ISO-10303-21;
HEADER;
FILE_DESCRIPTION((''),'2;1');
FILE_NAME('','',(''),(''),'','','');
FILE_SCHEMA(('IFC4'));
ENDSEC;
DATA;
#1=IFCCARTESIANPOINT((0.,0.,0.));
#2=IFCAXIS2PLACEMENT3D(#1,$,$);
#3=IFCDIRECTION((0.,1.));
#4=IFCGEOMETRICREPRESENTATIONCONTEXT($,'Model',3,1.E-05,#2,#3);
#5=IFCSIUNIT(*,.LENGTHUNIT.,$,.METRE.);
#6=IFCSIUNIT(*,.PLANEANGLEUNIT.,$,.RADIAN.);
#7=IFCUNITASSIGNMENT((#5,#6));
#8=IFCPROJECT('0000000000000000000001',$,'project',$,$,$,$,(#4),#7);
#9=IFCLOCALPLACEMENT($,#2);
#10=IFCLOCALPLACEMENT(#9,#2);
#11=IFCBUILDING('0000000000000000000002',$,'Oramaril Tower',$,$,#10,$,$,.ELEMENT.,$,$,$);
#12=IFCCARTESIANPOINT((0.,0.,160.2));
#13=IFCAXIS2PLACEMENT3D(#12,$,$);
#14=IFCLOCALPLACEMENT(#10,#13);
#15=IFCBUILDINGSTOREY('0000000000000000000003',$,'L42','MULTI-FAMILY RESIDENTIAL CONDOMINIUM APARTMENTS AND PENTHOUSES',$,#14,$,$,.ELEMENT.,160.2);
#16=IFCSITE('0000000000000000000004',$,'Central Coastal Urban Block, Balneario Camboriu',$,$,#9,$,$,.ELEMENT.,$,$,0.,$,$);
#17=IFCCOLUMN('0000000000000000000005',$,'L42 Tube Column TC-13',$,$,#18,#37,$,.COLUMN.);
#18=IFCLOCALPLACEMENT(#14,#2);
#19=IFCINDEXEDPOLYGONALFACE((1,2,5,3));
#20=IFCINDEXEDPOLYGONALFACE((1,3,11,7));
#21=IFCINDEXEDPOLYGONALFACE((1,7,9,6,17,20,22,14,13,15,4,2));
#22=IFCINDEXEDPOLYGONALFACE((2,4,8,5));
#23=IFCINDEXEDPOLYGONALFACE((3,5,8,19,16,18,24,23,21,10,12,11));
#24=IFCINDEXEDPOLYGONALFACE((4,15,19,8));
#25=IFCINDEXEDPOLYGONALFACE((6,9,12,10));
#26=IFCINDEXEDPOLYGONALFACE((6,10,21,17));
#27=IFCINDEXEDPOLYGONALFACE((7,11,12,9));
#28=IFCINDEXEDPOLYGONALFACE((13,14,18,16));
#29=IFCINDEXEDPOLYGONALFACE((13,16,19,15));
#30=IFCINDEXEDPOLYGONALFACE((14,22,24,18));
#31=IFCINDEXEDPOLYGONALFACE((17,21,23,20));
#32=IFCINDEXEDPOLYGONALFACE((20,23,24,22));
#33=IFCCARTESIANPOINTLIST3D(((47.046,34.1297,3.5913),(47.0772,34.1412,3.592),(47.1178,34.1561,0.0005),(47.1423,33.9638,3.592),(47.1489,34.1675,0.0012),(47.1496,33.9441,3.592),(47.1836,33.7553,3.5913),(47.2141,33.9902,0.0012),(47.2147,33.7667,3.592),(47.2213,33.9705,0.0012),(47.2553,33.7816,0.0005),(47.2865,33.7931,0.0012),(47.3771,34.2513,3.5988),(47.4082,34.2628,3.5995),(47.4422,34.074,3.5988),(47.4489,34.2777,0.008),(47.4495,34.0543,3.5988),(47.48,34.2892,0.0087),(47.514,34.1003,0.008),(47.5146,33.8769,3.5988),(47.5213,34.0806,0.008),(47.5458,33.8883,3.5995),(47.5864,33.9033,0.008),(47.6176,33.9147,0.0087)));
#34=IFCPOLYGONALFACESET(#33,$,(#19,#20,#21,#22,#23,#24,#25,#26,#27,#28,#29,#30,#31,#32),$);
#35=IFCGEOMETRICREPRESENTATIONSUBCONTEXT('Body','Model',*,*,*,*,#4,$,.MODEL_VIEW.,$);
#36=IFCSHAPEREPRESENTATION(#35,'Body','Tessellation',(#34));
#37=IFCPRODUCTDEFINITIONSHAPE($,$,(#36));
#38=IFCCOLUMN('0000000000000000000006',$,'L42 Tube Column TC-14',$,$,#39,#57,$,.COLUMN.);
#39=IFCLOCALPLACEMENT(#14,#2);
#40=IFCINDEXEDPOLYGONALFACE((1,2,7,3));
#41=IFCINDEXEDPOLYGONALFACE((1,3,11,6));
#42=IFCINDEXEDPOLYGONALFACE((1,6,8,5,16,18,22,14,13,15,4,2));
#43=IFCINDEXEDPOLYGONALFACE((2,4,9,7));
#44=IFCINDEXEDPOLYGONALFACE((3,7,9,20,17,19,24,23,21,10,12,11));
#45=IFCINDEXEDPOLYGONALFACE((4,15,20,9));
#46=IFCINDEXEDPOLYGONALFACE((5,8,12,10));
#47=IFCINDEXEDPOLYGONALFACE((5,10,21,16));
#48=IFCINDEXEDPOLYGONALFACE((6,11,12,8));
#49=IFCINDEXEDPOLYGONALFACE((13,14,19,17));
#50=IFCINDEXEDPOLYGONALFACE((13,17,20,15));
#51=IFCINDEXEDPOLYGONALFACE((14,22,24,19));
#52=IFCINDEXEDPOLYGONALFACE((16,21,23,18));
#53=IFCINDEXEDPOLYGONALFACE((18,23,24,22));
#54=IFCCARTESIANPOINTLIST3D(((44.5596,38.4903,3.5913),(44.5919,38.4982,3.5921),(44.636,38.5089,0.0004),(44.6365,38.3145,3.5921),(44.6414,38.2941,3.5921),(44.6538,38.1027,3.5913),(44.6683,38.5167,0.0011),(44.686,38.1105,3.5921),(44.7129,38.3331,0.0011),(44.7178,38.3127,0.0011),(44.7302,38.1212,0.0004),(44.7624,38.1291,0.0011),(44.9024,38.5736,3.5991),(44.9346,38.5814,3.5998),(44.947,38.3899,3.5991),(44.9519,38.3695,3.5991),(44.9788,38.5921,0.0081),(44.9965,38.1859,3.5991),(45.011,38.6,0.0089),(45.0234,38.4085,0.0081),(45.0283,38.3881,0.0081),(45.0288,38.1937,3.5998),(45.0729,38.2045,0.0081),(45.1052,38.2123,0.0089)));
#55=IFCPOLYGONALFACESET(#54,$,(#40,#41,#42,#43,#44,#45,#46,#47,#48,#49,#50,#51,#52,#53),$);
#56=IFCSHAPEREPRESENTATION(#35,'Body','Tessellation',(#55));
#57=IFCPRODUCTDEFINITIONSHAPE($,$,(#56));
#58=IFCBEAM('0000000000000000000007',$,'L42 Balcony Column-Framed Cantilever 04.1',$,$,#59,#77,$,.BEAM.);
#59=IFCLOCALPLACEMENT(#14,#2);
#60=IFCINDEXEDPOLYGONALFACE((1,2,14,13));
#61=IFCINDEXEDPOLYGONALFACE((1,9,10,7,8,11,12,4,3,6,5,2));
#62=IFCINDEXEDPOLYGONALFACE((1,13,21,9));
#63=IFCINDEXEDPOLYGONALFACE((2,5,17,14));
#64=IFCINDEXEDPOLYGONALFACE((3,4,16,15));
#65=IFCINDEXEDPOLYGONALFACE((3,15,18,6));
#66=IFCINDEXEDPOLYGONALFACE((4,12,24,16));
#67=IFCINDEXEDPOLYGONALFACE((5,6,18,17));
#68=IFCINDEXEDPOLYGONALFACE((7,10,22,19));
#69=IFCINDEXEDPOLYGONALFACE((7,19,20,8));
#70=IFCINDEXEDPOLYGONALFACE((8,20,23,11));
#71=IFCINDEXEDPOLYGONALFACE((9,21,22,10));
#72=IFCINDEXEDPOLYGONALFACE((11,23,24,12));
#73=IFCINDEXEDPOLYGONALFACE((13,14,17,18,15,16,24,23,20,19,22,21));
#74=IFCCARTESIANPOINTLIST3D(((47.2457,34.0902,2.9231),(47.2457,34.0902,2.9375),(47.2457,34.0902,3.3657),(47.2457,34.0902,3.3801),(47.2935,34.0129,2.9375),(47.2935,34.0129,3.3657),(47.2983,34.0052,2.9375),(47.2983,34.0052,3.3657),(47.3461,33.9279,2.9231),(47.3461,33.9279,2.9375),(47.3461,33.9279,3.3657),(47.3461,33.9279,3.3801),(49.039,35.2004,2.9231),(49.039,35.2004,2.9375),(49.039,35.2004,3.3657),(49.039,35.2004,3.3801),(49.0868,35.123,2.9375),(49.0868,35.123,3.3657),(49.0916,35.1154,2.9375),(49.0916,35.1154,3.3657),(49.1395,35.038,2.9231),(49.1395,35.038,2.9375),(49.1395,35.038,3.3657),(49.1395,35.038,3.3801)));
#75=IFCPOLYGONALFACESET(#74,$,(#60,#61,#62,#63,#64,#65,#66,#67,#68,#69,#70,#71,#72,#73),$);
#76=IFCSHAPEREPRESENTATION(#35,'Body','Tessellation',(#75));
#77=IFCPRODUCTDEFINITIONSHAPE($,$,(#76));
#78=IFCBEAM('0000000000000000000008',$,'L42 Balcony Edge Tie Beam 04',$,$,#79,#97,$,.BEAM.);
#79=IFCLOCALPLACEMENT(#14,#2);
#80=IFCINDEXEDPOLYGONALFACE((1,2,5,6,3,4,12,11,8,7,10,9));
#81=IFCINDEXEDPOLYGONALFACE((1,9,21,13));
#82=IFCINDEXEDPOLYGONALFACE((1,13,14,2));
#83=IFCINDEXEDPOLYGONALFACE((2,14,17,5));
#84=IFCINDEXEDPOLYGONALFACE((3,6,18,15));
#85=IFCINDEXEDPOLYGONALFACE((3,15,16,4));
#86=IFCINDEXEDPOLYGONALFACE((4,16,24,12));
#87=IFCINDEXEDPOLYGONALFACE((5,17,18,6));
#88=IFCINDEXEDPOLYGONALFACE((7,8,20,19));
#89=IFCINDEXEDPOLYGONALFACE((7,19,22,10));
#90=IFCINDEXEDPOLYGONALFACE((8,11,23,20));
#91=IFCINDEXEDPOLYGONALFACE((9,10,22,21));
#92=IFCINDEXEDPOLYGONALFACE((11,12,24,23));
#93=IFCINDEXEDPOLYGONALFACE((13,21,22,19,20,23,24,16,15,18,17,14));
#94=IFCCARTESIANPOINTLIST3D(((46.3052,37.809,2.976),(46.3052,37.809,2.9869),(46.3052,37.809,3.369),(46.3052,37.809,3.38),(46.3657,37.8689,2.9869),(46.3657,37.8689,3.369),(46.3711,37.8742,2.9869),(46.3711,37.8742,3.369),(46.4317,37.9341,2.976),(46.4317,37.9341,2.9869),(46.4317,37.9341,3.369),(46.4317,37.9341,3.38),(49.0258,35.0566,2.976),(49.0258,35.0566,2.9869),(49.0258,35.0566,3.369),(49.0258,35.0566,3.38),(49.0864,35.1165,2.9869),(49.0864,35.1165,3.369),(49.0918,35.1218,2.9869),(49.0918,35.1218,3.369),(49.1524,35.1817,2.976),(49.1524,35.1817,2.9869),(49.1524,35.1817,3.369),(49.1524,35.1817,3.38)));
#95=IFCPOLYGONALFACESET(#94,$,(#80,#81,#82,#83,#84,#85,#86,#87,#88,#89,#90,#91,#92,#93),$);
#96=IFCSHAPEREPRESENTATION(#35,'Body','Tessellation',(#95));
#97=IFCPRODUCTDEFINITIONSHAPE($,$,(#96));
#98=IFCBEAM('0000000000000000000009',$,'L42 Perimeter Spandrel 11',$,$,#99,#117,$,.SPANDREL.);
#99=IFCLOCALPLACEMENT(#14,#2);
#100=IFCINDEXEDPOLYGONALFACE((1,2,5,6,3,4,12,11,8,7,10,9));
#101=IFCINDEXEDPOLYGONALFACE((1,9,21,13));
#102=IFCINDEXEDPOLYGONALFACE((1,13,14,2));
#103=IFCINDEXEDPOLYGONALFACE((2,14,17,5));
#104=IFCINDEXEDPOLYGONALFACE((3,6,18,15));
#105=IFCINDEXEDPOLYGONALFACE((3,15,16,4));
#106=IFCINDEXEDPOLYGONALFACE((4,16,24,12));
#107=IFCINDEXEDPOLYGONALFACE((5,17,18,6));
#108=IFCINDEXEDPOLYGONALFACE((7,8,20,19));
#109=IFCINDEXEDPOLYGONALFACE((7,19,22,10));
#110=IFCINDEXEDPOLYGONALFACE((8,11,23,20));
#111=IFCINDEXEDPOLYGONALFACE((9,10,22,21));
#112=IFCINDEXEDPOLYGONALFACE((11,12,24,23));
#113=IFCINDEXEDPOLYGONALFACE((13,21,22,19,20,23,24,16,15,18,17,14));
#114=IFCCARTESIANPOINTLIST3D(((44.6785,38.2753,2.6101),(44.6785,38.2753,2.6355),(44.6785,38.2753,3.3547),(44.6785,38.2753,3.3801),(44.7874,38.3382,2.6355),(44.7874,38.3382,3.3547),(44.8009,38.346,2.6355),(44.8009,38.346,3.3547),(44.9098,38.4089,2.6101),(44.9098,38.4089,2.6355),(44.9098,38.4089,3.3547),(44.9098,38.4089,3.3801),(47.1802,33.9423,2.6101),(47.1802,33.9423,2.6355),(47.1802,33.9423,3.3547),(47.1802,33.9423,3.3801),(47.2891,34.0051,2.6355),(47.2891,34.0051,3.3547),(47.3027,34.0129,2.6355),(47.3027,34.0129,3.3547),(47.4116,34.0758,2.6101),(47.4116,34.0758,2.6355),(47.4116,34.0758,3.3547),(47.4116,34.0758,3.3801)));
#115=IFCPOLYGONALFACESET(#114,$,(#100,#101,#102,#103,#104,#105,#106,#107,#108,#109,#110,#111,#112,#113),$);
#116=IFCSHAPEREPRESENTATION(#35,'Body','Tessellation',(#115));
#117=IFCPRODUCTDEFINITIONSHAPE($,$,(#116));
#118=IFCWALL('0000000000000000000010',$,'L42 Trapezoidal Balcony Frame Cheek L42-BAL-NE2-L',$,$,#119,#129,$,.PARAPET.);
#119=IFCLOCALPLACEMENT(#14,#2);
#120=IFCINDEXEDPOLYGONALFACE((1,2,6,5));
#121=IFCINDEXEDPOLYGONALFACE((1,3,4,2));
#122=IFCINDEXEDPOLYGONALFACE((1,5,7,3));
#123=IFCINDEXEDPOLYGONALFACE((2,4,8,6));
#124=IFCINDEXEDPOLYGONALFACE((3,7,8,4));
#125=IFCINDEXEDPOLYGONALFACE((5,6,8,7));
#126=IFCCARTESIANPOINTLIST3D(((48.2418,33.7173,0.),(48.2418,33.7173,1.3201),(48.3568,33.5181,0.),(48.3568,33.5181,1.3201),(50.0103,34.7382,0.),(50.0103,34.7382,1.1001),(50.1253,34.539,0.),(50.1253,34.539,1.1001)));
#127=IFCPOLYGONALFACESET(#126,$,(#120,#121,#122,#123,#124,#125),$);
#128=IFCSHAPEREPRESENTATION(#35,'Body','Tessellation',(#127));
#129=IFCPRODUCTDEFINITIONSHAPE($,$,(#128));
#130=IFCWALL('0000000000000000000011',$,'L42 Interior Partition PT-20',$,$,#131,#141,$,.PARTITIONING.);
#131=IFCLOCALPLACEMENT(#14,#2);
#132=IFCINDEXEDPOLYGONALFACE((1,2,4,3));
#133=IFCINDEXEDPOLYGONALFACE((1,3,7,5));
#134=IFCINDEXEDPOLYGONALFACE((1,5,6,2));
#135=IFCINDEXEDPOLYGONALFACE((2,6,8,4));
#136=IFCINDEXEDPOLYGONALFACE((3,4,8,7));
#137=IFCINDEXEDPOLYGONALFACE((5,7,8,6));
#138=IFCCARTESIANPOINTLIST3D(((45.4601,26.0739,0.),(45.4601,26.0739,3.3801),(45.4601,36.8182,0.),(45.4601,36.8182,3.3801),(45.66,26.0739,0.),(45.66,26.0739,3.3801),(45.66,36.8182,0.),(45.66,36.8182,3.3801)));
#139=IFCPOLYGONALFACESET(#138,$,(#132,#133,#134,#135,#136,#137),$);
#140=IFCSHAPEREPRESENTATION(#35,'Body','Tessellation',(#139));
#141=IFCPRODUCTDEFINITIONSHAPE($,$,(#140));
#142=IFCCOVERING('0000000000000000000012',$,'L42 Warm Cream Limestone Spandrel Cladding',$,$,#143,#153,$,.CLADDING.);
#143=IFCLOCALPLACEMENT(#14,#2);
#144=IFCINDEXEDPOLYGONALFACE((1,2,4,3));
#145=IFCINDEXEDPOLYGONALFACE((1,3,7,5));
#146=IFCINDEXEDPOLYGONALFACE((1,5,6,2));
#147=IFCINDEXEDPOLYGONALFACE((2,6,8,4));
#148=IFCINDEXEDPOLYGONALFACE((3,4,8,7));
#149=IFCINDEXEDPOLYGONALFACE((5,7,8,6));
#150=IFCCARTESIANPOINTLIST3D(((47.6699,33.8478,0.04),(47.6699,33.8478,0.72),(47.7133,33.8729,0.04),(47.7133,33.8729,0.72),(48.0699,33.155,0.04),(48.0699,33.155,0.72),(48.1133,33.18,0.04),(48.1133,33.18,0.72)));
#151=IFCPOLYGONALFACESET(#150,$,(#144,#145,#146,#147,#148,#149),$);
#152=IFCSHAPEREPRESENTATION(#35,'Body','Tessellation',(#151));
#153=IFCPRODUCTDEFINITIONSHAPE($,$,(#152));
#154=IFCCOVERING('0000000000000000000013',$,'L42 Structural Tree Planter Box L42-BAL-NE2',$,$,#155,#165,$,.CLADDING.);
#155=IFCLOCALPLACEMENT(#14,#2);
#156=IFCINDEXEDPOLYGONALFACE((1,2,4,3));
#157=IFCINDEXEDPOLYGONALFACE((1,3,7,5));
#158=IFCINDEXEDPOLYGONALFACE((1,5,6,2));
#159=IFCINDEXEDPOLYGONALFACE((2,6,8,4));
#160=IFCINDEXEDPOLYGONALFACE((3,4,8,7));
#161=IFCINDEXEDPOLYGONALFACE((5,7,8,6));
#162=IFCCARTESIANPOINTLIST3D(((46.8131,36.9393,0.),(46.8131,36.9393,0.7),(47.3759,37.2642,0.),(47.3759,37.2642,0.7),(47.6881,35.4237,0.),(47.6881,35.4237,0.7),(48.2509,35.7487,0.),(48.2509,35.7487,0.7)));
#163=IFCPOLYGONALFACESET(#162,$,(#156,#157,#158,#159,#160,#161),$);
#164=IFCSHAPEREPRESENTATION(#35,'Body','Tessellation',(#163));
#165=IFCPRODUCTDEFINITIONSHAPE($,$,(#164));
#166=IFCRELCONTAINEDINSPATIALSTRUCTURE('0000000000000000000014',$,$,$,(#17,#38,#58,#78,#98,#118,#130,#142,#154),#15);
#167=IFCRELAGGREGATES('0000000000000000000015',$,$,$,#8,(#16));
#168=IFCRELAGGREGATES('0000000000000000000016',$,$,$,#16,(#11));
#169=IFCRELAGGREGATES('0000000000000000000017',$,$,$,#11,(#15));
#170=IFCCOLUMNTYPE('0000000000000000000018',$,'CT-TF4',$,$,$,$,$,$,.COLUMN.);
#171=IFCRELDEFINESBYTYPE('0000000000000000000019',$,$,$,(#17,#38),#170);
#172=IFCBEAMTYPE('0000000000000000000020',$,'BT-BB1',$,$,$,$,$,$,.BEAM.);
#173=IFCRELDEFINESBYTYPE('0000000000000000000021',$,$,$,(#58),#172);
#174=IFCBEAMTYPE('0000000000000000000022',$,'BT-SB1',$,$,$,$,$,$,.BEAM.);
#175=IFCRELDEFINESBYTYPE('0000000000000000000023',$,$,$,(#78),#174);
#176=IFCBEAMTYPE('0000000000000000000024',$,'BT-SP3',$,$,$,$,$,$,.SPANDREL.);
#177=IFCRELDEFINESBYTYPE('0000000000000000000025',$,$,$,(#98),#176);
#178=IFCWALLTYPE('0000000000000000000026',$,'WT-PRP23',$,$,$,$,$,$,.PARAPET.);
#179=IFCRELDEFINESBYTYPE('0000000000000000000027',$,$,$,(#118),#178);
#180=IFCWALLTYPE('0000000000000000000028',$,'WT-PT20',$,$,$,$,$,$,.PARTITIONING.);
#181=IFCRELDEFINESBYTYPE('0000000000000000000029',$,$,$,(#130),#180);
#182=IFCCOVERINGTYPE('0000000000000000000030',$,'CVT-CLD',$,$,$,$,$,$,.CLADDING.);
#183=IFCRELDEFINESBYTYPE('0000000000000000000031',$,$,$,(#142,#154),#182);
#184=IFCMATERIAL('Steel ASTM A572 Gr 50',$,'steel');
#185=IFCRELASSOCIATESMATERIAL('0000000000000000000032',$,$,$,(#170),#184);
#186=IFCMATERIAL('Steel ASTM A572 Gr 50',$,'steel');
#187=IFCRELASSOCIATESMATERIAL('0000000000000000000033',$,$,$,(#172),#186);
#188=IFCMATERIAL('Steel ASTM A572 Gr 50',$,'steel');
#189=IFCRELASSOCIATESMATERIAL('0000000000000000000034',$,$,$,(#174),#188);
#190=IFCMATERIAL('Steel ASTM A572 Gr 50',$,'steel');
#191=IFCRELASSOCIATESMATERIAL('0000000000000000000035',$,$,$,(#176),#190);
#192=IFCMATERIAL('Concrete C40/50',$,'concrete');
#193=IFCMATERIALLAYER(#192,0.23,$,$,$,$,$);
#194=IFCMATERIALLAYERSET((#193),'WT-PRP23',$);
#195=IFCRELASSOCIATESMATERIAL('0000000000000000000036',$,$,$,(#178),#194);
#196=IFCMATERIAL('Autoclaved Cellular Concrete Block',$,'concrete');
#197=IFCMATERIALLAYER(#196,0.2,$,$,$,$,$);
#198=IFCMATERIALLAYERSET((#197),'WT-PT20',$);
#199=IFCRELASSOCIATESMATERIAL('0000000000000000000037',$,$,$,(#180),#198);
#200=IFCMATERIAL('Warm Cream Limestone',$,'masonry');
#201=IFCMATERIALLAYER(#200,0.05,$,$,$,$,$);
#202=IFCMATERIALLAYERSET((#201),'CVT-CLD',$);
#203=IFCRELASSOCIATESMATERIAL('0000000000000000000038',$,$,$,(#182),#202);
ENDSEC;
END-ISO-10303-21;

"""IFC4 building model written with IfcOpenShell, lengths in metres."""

from ifc_helpers import new_model, si_unit, direction, frame, frame_2d, origin, origin_2d, place, context, subcontext, project, spatial, polyline, rectangle, i_section, outline, extrude, material, layer, layer_set, material_profile, profile_set, type_object, element, save


model = new_model("IFC4")

# Units and contexts
model_context = context("Model", 3, precision=1e-05, world=origin(), true_north=direction((0.0, 1.0)))
body_context = subcontext(model_context, "Body", "Model", "MODEL_VIEW")
ifc_project = project(units=[si_unit("LENGTHUNIT", "METRE"), si_unit("PLANEANGLEUNIT", "RADIAN")], contexts=[model_context])

# Site, building, storey
site_placement = place(None, origin())
site = spatial("IfcSite", under=ifc_project, at=site_placement, Name="Central Coastal Urban Block, Balneario Camboriu", CompositionType="ELEMENT", RefElevation=0.0)
building_placement = place(site_placement, origin())
building = spatial("IfcBuilding", under=site, at=building_placement, Name="Oramaril Tower", CompositionType="ELEMENT")
storey_placement = place(building_placement, frame((0.0, 0.0, 160.2)))
storey = spatial("IfcBuildingStorey", under=building, at=storey_placement, Name="L42", Description="MULTI-FAMILY RESIDENTIAL CONDOMINIUM APARTMENTS AND PENTHOUSES", CompositionType="ELEMENT", Elevation=160.2)

# Columns
ifc_material_1 = material(Name="Steel ASTM A572 Gr 50", Category="steel")
ifc_material_profile_1 = material_profile(ifc_material_1, i_section(OverallWidth=0.3989, OverallDepth=0.386, WebThickness=0.021, FlangeThickness=0.0332, at=origin_2d()), Name="W14X176")
ifc_profile_set_1 = profile_set([ifc_material_profile_1], Name="Steel ASTM A572 Gr 50")
column_type = type_object("IfcColumnType", Name="CT-TF4", PredefinedType="COLUMN", material=ifc_profile_set_1)
column_1_placement = place(storey_placement, frame((47.3677, 34.0354, 0.0046), z_axis=(-0.019985, -0.007341, 0.999773), x_axis=(0.344817, -0.93867, 0.0)))
element("IfcColumn", 1, at=column_1_placement, inside=storey, type_object=column_type, Name="L42 Tube Column TC-13", PredefinedType="COLUMN", context=body_context, shape_type="SweptSolid", body=[
    extrude(i_section(OverallWidth=0.3989, OverallDepth=0.386, WebThickness=0.021, FlangeThickness=0.0332, at=origin_2d()), origin(), (0.0, 0.0, 1.0), 3.5916),
])
column_2_placement = place(storey_placement, frame((44.8706, 38.3606, 0.0046), z_axis=(-0.021276, -0.005166, 0.99976), x_axis=(0.235955, -0.971764, 0.0)))
element("IfcColumn", 2, at=column_2_placement, inside=storey, type_object=column_type, Name="L42 Tube Column TC-14", PredefinedType="COLUMN", context=body_context, shape_type="SweptSolid", body=[
    extrude(i_section(OverallWidth=0.3989, OverallDepth=0.386, WebThickness=0.021, FlangeThickness=0.0332, at=origin_2d()), origin(), (0.0, 0.0, 1.0), 3.5918),
])

# Beams
ifc_material_2 = material(Name="Steel ASTM A572 Gr 50", Category="steel")
ifc_material_profile_2 = material_profile(ifc_material_2, i_section(OverallWidth=0.1909, OverallDepth=0.457, WebThickness=0.009, FlangeThickness=0.0144, at=origin_2d()), Name="W18X50")
ifc_profile_set_2 = profile_set([ifc_material_profile_2], Name="Steel ASTM A572 Gr 50")
beam_type_1 = type_object("IfcBeamType", Name="BT-BB1", PredefinedType="BEAM", material=ifc_profile_set_2)
beam_1_placement = place(storey_placement, frame((47.2959, 34.009, 3.1516), z_axis=(0.85026, 0.526363, 0.0), x_axis=(-0.526363, 0.85026, 0.0)))
element("IfcBeam", 3, at=beam_1_placement, inside=storey, type_object=beam_type_1, Name="L42 Balcony Column-Framed Cantilever 04.1", PredefinedType="BEAM", context=body_context, shape_type="SweptSolid", body=[
    extrude(i_section(OverallWidth=0.1909, OverallDepth=0.457, WebThickness=0.009, FlangeThickness=0.0144, at=origin_2d()), origin(), (0.0, 0.0, 1.0), 2.1091),
])
ifc_material_3 = material(Name="Steel ASTM A572 Gr 50", Category="steel")
ifc_material_profile_3 = material_profile(ifc_material_3, i_section(OverallWidth=0.178, OverallDepth=0.4041, WebThickness=0.0076, FlangeThickness=0.011, at=origin_2d()), Name="W16X36")
ifc_profile_set_3 = profile_set([ifc_material_profile_3], Name="Steel ASTM A572 Gr 50")
beam_type_2 = type_object("IfcBeamType", Name="BT-SB1", PredefinedType="BEAM", material=ifc_profile_set_3)
beam_2_placement = place(storey_placement, frame((49.0891, 35.1191, 3.178), z_axis=(-0.702995, 0.711195, 0.0), x_axis=(-0.711195, -0.702995, 0.0)))
element("IfcBeam", 4, at=beam_2_placement, inside=storey, type_object=beam_type_2, Name="L42 Balcony Edge Tie Beam 04", PredefinedType="BEAM", context=body_context, shape_type="SweptSolid", body=[
    extrude(i_section(OverallWidth=0.178, OverallDepth=0.4041, WebThickness=0.0076, FlangeThickness=0.011, at=origin_2d()), origin(), (0.0, 0.0, 1.0), 3.8701),
])
ifc_material_4 = material(Name="Steel ASTM A572 Gr 50", Category="steel")
ifc_material_profile_4 = material_profile(ifc_material_4, i_section(OverallWidth=0.2671, OverallDepth=0.77, WebThickness=0.0156, FlangeThickness=0.0254, at=origin_2d()), Name="W30X132")
ifc_profile_set_4 = profile_set([ifc_material_profile_4], Name="Steel ASTM A572 Gr 50")
beam_type_3 = type_object("IfcBeamType", Name="BT-SP3", PredefinedType="SPANDREL", material=ifc_profile_set_4)
beam_3_placement = place(storey_placement, frame((47.2959, 34.009, 2.9951), z_axis=(-0.500007, 0.866021, 0.0), x_axis=(-0.866021, -0.500007, 0.0)))
element("IfcBeam", 5, at=beam_3_placement, inside=storey, type_object=beam_type_3, Name="L42 Perimeter Spandrel 11", PredefinedType="SPANDREL", context=body_context, shape_type="SweptSolid", body=[
    extrude(i_section(OverallWidth=0.2671, OverallDepth=0.77, WebThickness=0.0156, FlangeThickness=0.0254, at=origin_2d()), origin(), (0.0, 0.0, 1.0), 5.0034),
])

# Walls
ifc_material_5 = material(Name="Concrete C40/50", Category="concrete")
ifc_layer_1 = layer(ifc_material_5, 0.23)
ifc_layer_set_1 = layer_set([ifc_layer_1], Name="WT-PRP23")
wall_type_1 = type_object("IfcWallType", Name="WT-PRP23", PredefinedType="PARAPET", material=ifc_layer_set_1)
wall_1_placement = place(storey_placement, frame((48.2993, 33.6177, 0.0), z_axis=(0.0, 0.0, 1.0), x_axis=(0.866042, 0.499971, 0.0)))
element("IfcWall", 6, at=wall_1_placement, inside=storey, type_object=wall_type_1, Name="L42 Trapezoidal Balcony Frame Cheek L42-BAL-NE2-L", PredefinedType="PARAPET", context=body_context, shape_type="SweptSolid", body=[
    extrude(outline(polyline([(0.0, 0.0), (2.042, 0.0), (2.042, 1.1001), (0.0, 1.3201), (0.0, 0.0)])), frame((0.0, 0.115, 0.0), z_axis=(0.0, -1.0, 0.0), x_axis=(1.0, 0.0, 0.0)), (0.0, 0.0, 1.0), 0.23),
])
ifc_material_6 = material(Name="Autoclaved Cellular Concrete Block", Category="concrete")
ifc_layer_2 = layer(ifc_material_6, 0.2)
ifc_layer_set_2 = layer_set([ifc_layer_2], Name="WT-PT20")
wall_type_2 = type_object("IfcWallType", Name="WT-PT20", PredefinedType="PARTITIONING", material=ifc_layer_set_2)
wall_2_placement = place(storey_placement, frame((45.5601, 26.074, 0.0), z_axis=(0.0, 0.0, 1.0), x_axis=(0.0, 1.0, 0.0)))
element("IfcWall", 7, at=wall_2_placement, inside=storey, type_object=wall_type_2, Name="L42 Interior Partition PT-20", PredefinedType="PARTITIONING", context=body_context, shape_type="SweptSolid", body=[
    extrude(rectangle(XDim=10.7444, YDim=0.2, at=frame_2d((5.3721, 0.0))), origin(), (0.0, 0.0, 1.0), 3.3801),
])

# Coverings
ifc_material_7 = material(Name="Warm Cream Limestone", Category="masonry")
ifc_layer_3 = layer(ifc_material_7, 0.05)
ifc_layer_set_3 = layer_set([ifc_layer_3], Name="CVT-CLD")
covering_type = type_object("IfcCoveringType", Name="CVT-CLD", PredefinedType="CLADDING", material=ifc_layer_set_3)
covering_1_placement = place(storey_placement, frame((47.8916, 33.5139, 0.04), z_axis=(0.0, 0.0, 1.0), x_axis=(-0.5, 0.866025, 0.0)))
element("IfcCovering", 8, at=covering_1_placement, inside=storey, type_object=covering_type, Name="L42 Warm Cream Limestone Spandrel Cladding", PredefinedType="CLADDING", context=body_context, shape_type="SweptSolid", body=[
    extrude(rectangle(XDim=0.8, YDim=0.05, at=origin_2d()), origin(), (0.0, 0.0, 1.0), 0.6799),
])
covering_2_placement = place(storey_placement, frame((47.532, 36.344, 0.0), z_axis=(0.0, 0.0, 1.0), x_axis=(-0.5, 0.866025, 0.0)))
element("IfcCovering", 9, at=covering_2_placement, inside=storey, type_object=covering_type, Name="L42 Structural Tree Planter Box L42-BAL-NE2", PredefinedType="CLADDING", context=body_context, shape_type="SweptSolid", body=[
    extrude(rectangle(XDim=1.75, YDim=0.6499, at=origin_2d()), origin(), (0.0, 0.0, 1.0), 0.7),
])

save(model, "model.ifc")
